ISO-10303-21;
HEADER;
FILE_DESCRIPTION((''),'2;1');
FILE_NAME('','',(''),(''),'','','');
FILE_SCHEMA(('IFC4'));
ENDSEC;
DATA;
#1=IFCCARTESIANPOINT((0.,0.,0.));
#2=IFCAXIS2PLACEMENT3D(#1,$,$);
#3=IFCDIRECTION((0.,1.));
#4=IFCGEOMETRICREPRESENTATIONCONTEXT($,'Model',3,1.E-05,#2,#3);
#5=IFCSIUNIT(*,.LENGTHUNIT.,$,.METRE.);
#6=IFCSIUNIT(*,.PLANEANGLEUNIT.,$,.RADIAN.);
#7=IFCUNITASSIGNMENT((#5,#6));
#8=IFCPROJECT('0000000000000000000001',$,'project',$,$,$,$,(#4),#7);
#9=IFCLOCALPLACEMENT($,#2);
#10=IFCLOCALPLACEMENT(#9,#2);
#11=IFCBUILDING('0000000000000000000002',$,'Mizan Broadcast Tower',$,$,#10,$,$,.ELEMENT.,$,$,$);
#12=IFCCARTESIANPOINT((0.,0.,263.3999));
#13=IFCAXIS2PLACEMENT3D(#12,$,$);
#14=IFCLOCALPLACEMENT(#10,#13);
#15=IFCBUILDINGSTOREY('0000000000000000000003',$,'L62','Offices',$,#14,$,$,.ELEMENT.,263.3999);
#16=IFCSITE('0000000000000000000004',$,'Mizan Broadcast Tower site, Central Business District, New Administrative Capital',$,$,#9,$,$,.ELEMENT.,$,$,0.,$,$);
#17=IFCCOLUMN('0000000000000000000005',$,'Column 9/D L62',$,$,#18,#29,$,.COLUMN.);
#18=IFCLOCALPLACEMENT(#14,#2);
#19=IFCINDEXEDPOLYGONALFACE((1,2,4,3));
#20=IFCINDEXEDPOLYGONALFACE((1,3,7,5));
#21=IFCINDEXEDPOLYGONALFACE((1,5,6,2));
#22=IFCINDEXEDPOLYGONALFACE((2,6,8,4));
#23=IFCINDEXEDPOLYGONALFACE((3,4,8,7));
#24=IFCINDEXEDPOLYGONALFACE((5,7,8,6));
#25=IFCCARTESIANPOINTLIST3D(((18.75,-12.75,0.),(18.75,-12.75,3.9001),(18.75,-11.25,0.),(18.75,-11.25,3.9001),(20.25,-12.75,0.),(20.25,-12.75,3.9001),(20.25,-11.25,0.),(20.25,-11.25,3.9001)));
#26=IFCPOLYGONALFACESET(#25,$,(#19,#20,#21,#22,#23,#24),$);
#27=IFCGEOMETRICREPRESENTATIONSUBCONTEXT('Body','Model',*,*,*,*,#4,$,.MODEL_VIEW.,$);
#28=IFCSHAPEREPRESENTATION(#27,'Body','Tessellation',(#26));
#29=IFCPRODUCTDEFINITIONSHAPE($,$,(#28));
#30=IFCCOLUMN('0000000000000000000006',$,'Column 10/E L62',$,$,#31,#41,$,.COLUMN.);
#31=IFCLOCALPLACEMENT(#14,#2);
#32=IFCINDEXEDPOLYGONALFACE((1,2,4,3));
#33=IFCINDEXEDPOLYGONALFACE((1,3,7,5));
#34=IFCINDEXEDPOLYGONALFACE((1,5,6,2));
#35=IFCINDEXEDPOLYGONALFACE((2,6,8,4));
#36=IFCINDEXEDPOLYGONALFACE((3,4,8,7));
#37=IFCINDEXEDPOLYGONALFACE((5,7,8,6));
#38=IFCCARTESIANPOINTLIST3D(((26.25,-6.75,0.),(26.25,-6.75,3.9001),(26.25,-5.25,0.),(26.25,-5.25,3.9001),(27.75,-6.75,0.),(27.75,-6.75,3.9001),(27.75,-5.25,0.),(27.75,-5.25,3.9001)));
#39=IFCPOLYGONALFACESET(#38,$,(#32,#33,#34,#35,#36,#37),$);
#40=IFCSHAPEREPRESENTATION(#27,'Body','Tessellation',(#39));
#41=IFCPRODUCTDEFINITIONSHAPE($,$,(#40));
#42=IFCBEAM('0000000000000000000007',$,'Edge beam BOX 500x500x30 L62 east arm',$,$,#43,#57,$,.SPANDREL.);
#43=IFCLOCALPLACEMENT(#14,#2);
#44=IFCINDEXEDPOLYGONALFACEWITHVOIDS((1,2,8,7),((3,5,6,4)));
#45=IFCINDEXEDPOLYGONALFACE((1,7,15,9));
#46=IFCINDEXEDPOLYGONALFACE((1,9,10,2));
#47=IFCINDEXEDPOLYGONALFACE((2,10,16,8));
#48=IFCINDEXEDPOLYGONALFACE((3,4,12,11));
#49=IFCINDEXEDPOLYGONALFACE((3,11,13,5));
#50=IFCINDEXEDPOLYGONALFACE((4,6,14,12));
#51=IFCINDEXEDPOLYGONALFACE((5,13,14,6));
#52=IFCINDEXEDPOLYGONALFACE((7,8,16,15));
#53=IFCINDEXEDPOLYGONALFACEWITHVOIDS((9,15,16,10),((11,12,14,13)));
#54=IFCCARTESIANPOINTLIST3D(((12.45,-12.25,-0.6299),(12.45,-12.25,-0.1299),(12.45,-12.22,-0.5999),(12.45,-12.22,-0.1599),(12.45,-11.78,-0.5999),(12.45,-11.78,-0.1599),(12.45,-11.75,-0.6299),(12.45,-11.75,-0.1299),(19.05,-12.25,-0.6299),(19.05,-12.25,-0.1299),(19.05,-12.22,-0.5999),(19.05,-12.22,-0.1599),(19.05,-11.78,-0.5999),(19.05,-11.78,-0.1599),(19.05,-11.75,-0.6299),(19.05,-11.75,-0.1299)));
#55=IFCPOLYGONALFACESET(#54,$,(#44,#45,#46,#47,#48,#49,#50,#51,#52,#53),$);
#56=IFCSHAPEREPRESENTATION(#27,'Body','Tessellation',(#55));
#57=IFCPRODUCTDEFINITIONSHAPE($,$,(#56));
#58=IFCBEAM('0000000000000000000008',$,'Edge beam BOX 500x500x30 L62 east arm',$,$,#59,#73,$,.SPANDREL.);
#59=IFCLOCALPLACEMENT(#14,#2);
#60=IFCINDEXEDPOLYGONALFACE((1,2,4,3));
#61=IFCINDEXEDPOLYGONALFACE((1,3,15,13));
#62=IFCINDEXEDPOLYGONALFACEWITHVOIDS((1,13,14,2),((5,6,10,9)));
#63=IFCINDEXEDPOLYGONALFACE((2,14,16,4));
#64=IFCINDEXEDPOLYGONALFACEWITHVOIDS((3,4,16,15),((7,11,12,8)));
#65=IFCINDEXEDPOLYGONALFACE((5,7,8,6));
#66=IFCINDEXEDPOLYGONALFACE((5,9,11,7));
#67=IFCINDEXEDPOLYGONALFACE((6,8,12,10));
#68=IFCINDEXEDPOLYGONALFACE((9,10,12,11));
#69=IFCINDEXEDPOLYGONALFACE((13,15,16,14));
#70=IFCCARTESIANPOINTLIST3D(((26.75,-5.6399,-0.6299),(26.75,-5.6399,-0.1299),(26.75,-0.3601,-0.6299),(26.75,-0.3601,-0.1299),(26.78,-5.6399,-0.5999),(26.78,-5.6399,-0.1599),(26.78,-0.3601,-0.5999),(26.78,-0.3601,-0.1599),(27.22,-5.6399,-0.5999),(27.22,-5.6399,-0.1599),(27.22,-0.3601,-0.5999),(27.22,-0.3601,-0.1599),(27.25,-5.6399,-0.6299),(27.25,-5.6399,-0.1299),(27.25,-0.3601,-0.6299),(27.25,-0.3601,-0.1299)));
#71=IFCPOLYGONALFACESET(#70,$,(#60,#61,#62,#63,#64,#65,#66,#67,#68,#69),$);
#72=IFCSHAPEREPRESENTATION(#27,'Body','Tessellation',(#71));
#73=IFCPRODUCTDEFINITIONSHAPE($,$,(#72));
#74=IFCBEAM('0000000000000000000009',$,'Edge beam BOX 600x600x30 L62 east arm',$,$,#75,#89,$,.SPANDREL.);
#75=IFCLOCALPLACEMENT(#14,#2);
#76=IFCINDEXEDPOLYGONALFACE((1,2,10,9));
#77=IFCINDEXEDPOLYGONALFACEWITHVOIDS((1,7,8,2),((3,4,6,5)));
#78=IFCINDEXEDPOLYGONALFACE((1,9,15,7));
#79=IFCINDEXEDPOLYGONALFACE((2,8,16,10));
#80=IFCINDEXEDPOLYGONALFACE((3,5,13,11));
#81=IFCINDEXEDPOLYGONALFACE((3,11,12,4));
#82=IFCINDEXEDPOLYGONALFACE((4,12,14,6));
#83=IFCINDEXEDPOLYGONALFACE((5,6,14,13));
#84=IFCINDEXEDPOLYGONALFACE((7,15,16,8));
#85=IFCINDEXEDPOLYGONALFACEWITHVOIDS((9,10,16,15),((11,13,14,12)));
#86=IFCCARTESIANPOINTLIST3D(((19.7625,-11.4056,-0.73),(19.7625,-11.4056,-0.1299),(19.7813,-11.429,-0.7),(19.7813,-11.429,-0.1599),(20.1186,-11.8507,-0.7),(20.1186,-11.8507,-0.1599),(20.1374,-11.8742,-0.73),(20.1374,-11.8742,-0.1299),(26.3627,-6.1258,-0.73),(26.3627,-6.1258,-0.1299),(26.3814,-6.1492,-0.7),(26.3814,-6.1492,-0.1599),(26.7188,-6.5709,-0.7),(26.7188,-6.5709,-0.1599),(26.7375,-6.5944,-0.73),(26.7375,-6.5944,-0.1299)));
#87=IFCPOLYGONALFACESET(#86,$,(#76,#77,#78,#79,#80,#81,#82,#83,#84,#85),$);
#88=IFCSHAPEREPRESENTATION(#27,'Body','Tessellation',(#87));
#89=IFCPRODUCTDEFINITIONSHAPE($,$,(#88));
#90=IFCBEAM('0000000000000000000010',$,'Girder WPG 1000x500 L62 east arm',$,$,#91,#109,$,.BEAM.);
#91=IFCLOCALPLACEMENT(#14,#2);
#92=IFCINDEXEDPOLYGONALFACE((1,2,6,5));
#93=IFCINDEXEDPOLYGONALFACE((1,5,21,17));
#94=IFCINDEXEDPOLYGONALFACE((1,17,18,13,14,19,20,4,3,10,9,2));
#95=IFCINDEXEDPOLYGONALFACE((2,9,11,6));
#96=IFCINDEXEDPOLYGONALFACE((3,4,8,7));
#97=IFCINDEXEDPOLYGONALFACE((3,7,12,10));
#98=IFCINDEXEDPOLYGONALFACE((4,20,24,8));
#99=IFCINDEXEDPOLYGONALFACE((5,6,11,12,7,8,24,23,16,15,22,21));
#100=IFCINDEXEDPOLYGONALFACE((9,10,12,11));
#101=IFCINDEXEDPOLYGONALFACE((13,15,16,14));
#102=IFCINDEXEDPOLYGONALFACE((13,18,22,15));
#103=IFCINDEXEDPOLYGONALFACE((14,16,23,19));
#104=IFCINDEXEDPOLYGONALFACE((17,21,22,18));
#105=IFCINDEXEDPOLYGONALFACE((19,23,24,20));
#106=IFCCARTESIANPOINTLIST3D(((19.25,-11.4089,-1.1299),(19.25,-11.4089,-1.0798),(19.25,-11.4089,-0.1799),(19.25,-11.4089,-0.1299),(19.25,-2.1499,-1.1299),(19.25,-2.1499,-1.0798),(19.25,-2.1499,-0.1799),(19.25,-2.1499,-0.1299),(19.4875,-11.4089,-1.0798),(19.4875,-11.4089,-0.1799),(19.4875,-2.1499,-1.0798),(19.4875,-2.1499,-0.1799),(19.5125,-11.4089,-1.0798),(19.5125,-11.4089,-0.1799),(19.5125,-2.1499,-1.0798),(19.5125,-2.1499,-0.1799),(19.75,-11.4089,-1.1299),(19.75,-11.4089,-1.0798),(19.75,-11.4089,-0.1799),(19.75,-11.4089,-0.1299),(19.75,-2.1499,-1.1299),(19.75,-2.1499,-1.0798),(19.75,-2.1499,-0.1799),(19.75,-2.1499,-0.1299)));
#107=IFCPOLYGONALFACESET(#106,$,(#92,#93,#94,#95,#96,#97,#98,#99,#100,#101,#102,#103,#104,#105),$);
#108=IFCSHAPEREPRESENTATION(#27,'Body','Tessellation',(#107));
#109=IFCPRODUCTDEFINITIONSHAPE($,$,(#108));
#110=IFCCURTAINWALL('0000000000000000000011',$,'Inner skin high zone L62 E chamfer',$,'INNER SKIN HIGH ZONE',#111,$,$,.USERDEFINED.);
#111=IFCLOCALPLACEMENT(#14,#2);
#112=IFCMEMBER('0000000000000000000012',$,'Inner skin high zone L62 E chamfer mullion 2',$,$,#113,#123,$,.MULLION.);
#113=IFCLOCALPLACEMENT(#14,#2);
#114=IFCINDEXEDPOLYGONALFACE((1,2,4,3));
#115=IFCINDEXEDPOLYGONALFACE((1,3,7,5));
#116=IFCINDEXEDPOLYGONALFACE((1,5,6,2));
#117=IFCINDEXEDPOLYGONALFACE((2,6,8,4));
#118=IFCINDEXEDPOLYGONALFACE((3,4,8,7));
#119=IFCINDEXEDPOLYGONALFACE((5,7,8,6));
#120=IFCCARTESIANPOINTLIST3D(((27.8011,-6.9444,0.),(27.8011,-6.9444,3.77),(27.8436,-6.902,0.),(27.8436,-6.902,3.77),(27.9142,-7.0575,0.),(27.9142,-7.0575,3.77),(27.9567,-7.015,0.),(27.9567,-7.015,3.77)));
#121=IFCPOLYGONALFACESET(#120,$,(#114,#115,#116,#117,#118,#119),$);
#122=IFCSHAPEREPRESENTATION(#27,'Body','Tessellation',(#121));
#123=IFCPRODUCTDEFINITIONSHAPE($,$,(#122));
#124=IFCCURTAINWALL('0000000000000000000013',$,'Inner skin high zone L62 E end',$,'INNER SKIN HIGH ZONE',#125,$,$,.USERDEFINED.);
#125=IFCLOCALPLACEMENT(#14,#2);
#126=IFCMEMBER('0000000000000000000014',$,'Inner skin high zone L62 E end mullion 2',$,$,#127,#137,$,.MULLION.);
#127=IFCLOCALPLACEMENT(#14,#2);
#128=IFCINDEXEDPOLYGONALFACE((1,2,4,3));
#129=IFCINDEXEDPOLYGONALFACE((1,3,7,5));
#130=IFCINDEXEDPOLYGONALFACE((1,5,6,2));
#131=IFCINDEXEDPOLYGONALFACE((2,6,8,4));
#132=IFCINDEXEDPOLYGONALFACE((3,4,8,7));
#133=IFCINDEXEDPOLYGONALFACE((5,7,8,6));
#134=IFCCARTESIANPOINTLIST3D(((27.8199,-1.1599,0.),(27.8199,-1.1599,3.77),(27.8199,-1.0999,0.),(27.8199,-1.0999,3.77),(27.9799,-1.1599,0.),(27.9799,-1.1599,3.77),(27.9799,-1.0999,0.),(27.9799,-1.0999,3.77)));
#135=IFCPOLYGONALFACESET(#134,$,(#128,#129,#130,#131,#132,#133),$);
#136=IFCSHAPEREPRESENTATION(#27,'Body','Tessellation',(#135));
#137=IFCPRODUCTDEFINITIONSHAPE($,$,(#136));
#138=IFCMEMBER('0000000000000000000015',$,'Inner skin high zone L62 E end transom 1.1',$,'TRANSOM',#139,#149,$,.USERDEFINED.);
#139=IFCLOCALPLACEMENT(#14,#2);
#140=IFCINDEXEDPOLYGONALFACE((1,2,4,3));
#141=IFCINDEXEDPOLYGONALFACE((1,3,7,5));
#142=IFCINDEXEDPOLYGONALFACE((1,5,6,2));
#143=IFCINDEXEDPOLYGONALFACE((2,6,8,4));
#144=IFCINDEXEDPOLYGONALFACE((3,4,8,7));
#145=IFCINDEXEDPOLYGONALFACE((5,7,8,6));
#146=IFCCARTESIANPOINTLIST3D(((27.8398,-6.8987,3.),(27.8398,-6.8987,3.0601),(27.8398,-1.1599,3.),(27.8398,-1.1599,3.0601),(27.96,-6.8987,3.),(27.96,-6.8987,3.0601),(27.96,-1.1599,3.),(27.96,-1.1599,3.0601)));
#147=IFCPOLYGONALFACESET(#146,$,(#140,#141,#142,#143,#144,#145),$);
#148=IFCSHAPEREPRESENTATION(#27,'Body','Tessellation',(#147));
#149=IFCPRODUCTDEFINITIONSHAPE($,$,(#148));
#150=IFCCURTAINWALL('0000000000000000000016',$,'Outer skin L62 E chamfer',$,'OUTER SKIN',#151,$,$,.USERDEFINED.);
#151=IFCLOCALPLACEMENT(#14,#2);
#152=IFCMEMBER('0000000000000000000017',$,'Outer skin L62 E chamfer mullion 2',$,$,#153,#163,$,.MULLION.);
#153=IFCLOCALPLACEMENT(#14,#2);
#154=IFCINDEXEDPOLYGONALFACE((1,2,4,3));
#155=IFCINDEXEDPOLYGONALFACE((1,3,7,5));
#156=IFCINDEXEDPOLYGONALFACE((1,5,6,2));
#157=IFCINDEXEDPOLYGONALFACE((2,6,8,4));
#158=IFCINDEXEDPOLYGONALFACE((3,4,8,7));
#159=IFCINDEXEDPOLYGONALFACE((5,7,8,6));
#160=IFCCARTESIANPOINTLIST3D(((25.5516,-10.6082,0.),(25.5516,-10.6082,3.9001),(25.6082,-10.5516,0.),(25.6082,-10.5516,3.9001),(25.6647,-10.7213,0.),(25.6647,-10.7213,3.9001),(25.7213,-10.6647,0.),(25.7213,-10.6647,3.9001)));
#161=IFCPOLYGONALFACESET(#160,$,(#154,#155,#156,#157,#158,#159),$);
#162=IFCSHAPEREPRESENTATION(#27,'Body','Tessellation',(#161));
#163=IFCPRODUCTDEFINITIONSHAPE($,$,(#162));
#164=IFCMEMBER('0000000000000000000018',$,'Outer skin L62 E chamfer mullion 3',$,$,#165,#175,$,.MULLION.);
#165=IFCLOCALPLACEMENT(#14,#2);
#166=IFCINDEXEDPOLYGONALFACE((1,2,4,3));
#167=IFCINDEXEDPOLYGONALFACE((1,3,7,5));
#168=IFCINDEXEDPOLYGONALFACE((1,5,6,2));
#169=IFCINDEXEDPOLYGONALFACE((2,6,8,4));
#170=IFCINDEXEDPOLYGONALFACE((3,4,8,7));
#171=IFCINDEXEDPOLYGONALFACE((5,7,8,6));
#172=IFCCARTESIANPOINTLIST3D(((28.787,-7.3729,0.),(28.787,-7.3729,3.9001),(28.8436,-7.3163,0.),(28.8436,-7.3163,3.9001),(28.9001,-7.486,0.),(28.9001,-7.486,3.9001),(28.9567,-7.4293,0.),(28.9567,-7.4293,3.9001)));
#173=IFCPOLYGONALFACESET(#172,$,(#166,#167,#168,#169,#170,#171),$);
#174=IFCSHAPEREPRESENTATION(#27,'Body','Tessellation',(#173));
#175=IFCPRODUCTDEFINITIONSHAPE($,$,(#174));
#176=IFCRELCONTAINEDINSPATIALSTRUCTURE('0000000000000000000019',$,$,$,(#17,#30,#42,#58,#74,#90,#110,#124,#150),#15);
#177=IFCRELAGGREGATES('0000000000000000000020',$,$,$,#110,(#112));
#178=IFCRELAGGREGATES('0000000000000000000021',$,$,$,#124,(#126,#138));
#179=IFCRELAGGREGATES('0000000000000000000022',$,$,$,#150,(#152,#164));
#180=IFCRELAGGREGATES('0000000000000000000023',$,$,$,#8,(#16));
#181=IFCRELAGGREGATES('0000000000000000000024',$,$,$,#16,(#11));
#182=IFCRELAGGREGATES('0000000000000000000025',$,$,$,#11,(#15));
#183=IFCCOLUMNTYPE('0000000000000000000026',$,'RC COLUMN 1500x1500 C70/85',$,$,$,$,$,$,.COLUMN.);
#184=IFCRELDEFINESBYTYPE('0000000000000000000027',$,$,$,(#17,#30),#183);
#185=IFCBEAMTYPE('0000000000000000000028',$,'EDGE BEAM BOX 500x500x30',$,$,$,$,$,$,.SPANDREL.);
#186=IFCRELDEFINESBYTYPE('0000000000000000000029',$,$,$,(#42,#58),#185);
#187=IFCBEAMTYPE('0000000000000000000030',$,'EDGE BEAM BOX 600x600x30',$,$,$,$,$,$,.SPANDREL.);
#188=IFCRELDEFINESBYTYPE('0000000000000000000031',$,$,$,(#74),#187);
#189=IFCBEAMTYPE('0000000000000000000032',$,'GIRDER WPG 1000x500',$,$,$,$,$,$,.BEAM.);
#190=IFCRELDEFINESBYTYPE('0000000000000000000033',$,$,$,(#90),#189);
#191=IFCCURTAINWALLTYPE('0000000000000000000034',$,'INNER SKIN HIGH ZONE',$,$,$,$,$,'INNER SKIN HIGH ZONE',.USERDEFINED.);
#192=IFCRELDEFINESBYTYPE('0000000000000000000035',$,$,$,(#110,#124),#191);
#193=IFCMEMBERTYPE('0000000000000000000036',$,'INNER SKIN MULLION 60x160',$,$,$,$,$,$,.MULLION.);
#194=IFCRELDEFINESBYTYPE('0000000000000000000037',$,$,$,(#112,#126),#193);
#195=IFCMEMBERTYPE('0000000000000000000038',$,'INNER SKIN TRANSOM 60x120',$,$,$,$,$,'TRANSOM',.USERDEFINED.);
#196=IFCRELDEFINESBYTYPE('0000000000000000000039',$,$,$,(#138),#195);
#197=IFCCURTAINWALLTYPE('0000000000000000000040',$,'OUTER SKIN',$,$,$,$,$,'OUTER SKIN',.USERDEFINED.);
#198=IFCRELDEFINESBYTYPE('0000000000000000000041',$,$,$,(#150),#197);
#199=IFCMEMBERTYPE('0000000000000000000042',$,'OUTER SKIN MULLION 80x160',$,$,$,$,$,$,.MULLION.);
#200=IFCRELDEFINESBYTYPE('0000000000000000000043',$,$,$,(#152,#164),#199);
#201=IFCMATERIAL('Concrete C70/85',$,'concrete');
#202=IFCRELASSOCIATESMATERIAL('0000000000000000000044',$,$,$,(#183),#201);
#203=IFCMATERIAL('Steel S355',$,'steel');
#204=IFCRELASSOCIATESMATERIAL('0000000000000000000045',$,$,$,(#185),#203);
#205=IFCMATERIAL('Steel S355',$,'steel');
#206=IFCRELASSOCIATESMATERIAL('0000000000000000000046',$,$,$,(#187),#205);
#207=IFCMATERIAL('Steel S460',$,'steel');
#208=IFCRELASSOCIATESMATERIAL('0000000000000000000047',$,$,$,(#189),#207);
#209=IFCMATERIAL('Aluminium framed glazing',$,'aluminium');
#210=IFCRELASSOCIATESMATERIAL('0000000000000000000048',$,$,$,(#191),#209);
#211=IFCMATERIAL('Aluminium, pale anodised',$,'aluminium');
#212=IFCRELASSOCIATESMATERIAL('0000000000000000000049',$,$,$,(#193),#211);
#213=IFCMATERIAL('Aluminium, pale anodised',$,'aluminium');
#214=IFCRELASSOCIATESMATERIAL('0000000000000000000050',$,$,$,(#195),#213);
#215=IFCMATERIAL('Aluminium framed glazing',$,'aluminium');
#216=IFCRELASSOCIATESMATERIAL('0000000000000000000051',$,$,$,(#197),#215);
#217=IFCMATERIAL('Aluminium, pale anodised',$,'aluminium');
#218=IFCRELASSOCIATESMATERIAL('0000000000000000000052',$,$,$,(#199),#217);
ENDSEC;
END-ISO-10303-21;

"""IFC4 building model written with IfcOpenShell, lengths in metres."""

from ifc_helpers import new_model, si_unit, direction, frame, origin, origin_2d, place, context, subcontext, project, spatial, rectangle, hollow_rectangle, i_section, extrude, material, material_profile, profile_set, type_object, element, aggregate, save


model = new_model("IFC4")

# Units and contexts
model_context = context("Model", 3, precision=1e-05, world=origin(), true_north=direction((0.0, 1.0)))
body_context = subcontext(model_context, "Body", "Model", "MODEL_VIEW")
ifc_project = project(units=[si_unit("LENGTHUNIT", "METRE"), si_unit("PLANEANGLEUNIT", "RADIAN")], contexts=[model_context])

# Site, building, storey
site_placement = place(None, origin())
site = spatial("IfcSite", under=ifc_project, at=site_placement, Name="Mizan Broadcast Tower site, Central Business District, New Administrative Capital", CompositionType="ELEMENT", RefElevation=0.0)
building_placement = place(site_placement, origin())
building = spatial("IfcBuilding", under=site, at=building_placement, Name="Mizan Broadcast Tower", CompositionType="ELEMENT")
storey_placement = place(building_placement, frame((0.0, 0.0, 263.3999)))
storey = spatial("IfcBuildingStorey", under=building, at=storey_placement, Name="L62", Description="Offices", CompositionType="ELEMENT", Elevation=263.3999)

# Columns
ifc_material_1 = material(Name="Concrete C70/85", Category="concrete")
ifc_material_profile_1 = material_profile(ifc_material_1, rectangle(XDim=1.5, YDim=1.5, at=origin_2d()), Name="RC 1500x1500")
ifc_profile_set_1 = profile_set([ifc_material_profile_1], Name="Concrete C70/85")
column_type = type_object("IfcColumnType", Name="RC COLUMN 1500x1500 C70/85", PredefinedType="COLUMN", material=ifc_profile_set_1)
for number, where, z_axis, x_axis, name in (
    (1, (19.5, -12.0, 0.0), (0.0, 0.0, 1.0), (1.0, 0.0, 0.0), "Column 9/D L62"),
    (2, (27.0, -6.0, 0.0), (0.0, 0.0, 1.0), (1.0, 0.0, 0.0), "Column 10/E L62"),
):
    element("IfcColumn", number, at=place(storey_placement, frame(where, z_axis=z_axis, x_axis=x_axis)), inside=storey, type_object=column_type, Name=name, PredefinedType="COLUMN", context=body_context, shape_type="SweptSolid", body=[
        extrude(rectangle(XDim=1.5, YDim=1.5, at=origin_2d()), origin(), (0.0, 0.0, 1.0), 3.9001),
    ])

# Beams
ifc_material_2 = material(Name="Steel S355", Category="steel")
ifc_material_profile_2 = material_profile(ifc_material_2, hollow_rectangle(XDim=0.5, YDim=0.5, WallThickness=0.03, at=origin_2d()), Name="BOX 500x500x30")
ifc_profile_set_2 = profile_set([ifc_material_profile_2], Name="Steel S355")
beam_type_1 = type_object("IfcBeamType", Name="EDGE BEAM BOX 500x500x30", PredefinedType="SPANDREL", material=ifc_profile_set_2)
beam_1_placement = place(storey_placement, frame((12.45, -12.0, -0.3799), z_axis=(1.0, 0.0, 0.0), x_axis=(0.0, 1.0, 0.0)))
element("IfcBeam", 3, at=beam_1_placement, inside=storey, type_object=beam_type_1, Name="Edge beam BOX 500x500x30 L62 east arm", PredefinedType="SPANDREL", context=body_context, shape_type="SweptSolid", body=[
    extrude(hollow_rectangle(XDim=0.5, YDim=0.5, WallThickness=0.03, at=origin_2d()), origin(), (0.0, 0.0, 1.0), 6.6001),
])
beam_2_placement = place(storey_placement, frame((27.0, -5.6399, -0.3799), z_axis=(0.0, 1.0, 0.0), x_axis=(-1.0, 0.0, 0.0)))
element("IfcBeam", 4, at=beam_2_placement, inside=storey, type_object=beam_type_1, Name="Edge beam BOX 500x500x30 L62 east arm", PredefinedType="SPANDREL", context=body_context, shape_type="SweptSolid", body=[
    extrude(hollow_rectangle(XDim=0.5, YDim=0.5, WallThickness=0.03, at=origin_2d()), origin(), (0.0, 0.0, 1.0), 5.2798),
])
ifc_material_3 = material(Name="Steel S355", Category="steel")
ifc_material_profile_3 = material_profile(ifc_material_3, hollow_rectangle(XDim=0.6001, YDim=0.6001, WallThickness=0.03, at=origin_2d()), Name="BOX 600x600x30")
ifc_profile_set_3 = profile_set([ifc_material_profile_3], Name="Steel S355")
beam_type_2 = type_object("IfcBeamType", Name="EDGE BEAM BOX 600x600x30", PredefinedType="SPANDREL", material=ifc_profile_set_3)
beam_3_placement = place(storey_placement, frame((19.95, -11.6399, -0.4299), z_axis=(0.780886, 0.624674, 0.0), x_axis=(-0.624674, 0.780886, 0.0)))
element("IfcBeam", 5, at=beam_3_placement, inside=storey, type_object=beam_type_2, Name="Edge beam BOX 600x600x30 L62 east arm", PredefinedType="SPANDREL", context=body_context, shape_type="SweptSolid", body=[
    extrude(hollow_rectangle(XDim=0.6001, YDim=0.6001, WallThickness=0.03, at=origin_2d()), origin(), (0.0, 0.0, 1.0), 8.4521),
])
ifc_material_4 = material(Name="Steel S460", Category="steel")
ifc_material_profile_4 = material_profile(ifc_material_4, i_section(OverallWidth=0.5, OverallDepth=1.0, WebThickness=0.0249, FlangeThickness=0.05, at=origin_2d()), Name="WPG 1000x500")
ifc_profile_set_4 = profile_set([ifc_material_profile_4], Name="Steel S460")
beam_type_3 = type_object("IfcBeamType", Name="GIRDER WPG 1000x500", PredefinedType="BEAM", material=ifc_profile_set_4)
beam_4_placement = place(storey_placement, frame((19.5, -11.4089, -0.6299), z_axis=(0.0, 1.0, 0.0), x_axis=(-1.0, 0.0, 0.0)))
element("IfcBeam", 6, at=beam_4_placement, inside=storey, type_object=beam_type_3, Name="Girder WPG 1000x500 L62 east arm", PredefinedType="BEAM", context=body_context, shape_type="SweptSolid", body=[
    extrude(i_section(OverallWidth=0.5, OverallDepth=1.0, WebThickness=0.0249, FlangeThickness=0.05, at=origin_2d()), origin(), (0.0, 0.0, 1.0), 9.259),
])

# Curtain wall, member
ifc_material_5 = material(Name="Aluminium framed glazing", Category="aluminium")
curtain_wall_type_1 = type_object("IfcCurtainWallType", Name="INNER SKIN HIGH ZONE", ElementType="INNER SKIN HIGH ZONE", PredefinedType="USERDEFINED", material=ifc_material_5)
curtain_wall_1_placement = place(storey_placement, origin())
curtain_wall_1 = element("IfcCurtainWall", 7, at=curtain_wall_1_placement, inside=storey, type_object=curtain_wall_type_1, Name="Inner skin high zone L62 E chamfer", ObjectType="INNER SKIN HIGH ZONE", PredefinedType="USERDEFINED")
ifc_material_6 = material(Name="Aluminium, pale anodised", Category="aluminium")
ifc_material_profile_5 = material_profile(ifc_material_6, rectangle(XDim=0.1599, YDim=0.0601, at=origin_2d()), Name="MULLION 160x60")
ifc_profile_set_5 = profile_set([ifc_material_profile_5], Name="Aluminium, pale anodised")
member_type_1 = type_object("IfcMemberType", Name="INNER SKIN MULLION 60x160", PredefinedType="MULLION", material=ifc_profile_set_5)
member_1_placement = place(storey_placement, frame((27.8789, -6.9797, 0.0), z_axis=(0.0, 0.0, 1.0), x_axis=(-0.707107, 0.707107, 0.0)))
member_1 = element("IfcMember", 8, at=member_1_placement, type_object=member_type_1, Name="Inner skin high zone L62 E chamfer mullion 2", PredefinedType="MULLION", context=body_context, shape_type="SweptSolid", body=[
    extrude(rectangle(XDim=0.1599, YDim=0.0601, at=origin_2d()), origin(), (0.0, 0.0, 1.0), 3.77),
])

# Curtain walls, members
curtain_wall_2_placement = place(storey_placement, origin())
curtain_wall_2 = element("IfcCurtainWall", 9, at=curtain_wall_2_placement, inside=storey, type_object=curtain_wall_type_1, Name="Inner skin high zone L62 E end", ObjectType="INNER SKIN HIGH ZONE", PredefinedType="USERDEFINED")
member_2_placement = place(storey_placement, frame((27.8999, -1.1299, 0.0), z_axis=(0.0, 0.0, 1.0), x_axis=(-1.0, 0.0, 0.0)))
member_2 = element("IfcMember", 10, at=member_2_placement, type_object=member_type_1, Name="Inner skin high zone L62 E end mullion 2", PredefinedType="MULLION", context=body_context, shape_type="SweptSolid", body=[
    extrude(rectangle(XDim=0.1599, YDim=0.0601, at=origin_2d()), origin(), (0.0, 0.0, 1.0), 3.77),
])
ifc_material_7 = material(Name="Aluminium, pale anodised", Category="aluminium")
ifc_material_profile_6 = material_profile(ifc_material_7, rectangle(XDim=0.1201, YDim=0.0601, at=origin_2d()), Name="TRANSOM 120x60")
ifc_profile_set_6 = profile_set([ifc_material_profile_6], Name="Aluminium, pale anodised")
member_type_2 = type_object("IfcMemberType", Name="INNER SKIN TRANSOM 60x120", ElementType="TRANSOM", PredefinedType="USERDEFINED", material=ifc_profile_set_6)
member_3_placement = place(storey_placement, frame((27.8999, -6.8987, 3.03), z_axis=(0.0, 1.0, 0.0), x_axis=(-1.0, 0.0, 0.0)))
member_3 = element("IfcMember", 11, at=member_3_placement, type_object=member_type_2, Name="Inner skin high zone L62 E end transom 1.1", ObjectType="TRANSOM", PredefinedType="USERDEFINED", context=body_context, shape_type="SweptSolid", body=[
    extrude(rectangle(XDim=0.1201, YDim=0.0601, at=origin_2d()), origin(), (0.0, 0.0, 1.0), 5.7388),
])
ifc_material_8 = material(Name="Aluminium framed glazing", Category="aluminium")
curtain_wall_type_2 = type_object("IfcCurtainWallType", Name="OUTER SKIN", ElementType="OUTER SKIN", PredefinedType="USERDEFINED", material=ifc_material_8)
curtain_wall_3_placement = place(storey_placement, origin())
curtain_wall_3 = element("IfcCurtainWall", 12, at=curtain_wall_3_placement, inside=storey, type_object=curtain_wall_type_2, Name="Outer skin L62 E chamfer", ObjectType="OUTER SKIN", PredefinedType="USERDEFINED")
ifc_material_9 = material(Name="Aluminium, pale anodised", Category="aluminium")
ifc_material_profile_7 = material_profile(ifc_material_9, rectangle(XDim=0.1599, YDim=0.0801, at=origin_2d()), Name="MULLION 160x80")
ifc_profile_set_7 = profile_set([ifc_material_profile_7], Name="Aluminium, pale anodised")
member_type_3 = type_object("IfcMemberType", Name="OUTER SKIN MULLION 80x160", PredefinedType="MULLION", material=ifc_profile_set_7)
member_4_placement = place(storey_placement, frame((25.6365, -10.6365, 0.0), z_axis=(0.0, 0.0, 1.0), x_axis=(-0.707107, 0.707107, 0.0)))
member_4 = element("IfcMember", 13, at=member_4_placement, type_object=member_type_3, Name="Outer skin L62 E chamfer mullion 2", PredefinedType="MULLION", context=body_context, shape_type="SweptSolid", body=[
    extrude(rectangle(XDim=0.1599, YDim=0.0801, at=origin_2d()), origin(), (0.0, 0.0, 1.0), 3.9001),
])
member_5_placement = place(storey_placement, frame((28.8718, -7.4011, 0.0), z_axis=(0.0, 0.0, 1.0), x_axis=(-0.707107, 0.707107, 0.0)))
member_5 = element("IfcMember", 14, at=member_5_placement, type_object=member_type_3, Name="Outer skin L62 E chamfer mullion 3", PredefinedType="MULLION", context=body_context, shape_type="SweptSolid", body=[
    extrude(rectangle(XDim=0.1599, YDim=0.0801, at=origin_2d()), origin(), (0.0, 0.0, 1.0), 3.9001),
])

aggregate(curtain_wall_1, [member_1])
aggregate(curtain_wall_2, [member_2, member_3])
aggregate(curtain_wall_3, [member_4, member_5])

save(model, "model.ifc")
